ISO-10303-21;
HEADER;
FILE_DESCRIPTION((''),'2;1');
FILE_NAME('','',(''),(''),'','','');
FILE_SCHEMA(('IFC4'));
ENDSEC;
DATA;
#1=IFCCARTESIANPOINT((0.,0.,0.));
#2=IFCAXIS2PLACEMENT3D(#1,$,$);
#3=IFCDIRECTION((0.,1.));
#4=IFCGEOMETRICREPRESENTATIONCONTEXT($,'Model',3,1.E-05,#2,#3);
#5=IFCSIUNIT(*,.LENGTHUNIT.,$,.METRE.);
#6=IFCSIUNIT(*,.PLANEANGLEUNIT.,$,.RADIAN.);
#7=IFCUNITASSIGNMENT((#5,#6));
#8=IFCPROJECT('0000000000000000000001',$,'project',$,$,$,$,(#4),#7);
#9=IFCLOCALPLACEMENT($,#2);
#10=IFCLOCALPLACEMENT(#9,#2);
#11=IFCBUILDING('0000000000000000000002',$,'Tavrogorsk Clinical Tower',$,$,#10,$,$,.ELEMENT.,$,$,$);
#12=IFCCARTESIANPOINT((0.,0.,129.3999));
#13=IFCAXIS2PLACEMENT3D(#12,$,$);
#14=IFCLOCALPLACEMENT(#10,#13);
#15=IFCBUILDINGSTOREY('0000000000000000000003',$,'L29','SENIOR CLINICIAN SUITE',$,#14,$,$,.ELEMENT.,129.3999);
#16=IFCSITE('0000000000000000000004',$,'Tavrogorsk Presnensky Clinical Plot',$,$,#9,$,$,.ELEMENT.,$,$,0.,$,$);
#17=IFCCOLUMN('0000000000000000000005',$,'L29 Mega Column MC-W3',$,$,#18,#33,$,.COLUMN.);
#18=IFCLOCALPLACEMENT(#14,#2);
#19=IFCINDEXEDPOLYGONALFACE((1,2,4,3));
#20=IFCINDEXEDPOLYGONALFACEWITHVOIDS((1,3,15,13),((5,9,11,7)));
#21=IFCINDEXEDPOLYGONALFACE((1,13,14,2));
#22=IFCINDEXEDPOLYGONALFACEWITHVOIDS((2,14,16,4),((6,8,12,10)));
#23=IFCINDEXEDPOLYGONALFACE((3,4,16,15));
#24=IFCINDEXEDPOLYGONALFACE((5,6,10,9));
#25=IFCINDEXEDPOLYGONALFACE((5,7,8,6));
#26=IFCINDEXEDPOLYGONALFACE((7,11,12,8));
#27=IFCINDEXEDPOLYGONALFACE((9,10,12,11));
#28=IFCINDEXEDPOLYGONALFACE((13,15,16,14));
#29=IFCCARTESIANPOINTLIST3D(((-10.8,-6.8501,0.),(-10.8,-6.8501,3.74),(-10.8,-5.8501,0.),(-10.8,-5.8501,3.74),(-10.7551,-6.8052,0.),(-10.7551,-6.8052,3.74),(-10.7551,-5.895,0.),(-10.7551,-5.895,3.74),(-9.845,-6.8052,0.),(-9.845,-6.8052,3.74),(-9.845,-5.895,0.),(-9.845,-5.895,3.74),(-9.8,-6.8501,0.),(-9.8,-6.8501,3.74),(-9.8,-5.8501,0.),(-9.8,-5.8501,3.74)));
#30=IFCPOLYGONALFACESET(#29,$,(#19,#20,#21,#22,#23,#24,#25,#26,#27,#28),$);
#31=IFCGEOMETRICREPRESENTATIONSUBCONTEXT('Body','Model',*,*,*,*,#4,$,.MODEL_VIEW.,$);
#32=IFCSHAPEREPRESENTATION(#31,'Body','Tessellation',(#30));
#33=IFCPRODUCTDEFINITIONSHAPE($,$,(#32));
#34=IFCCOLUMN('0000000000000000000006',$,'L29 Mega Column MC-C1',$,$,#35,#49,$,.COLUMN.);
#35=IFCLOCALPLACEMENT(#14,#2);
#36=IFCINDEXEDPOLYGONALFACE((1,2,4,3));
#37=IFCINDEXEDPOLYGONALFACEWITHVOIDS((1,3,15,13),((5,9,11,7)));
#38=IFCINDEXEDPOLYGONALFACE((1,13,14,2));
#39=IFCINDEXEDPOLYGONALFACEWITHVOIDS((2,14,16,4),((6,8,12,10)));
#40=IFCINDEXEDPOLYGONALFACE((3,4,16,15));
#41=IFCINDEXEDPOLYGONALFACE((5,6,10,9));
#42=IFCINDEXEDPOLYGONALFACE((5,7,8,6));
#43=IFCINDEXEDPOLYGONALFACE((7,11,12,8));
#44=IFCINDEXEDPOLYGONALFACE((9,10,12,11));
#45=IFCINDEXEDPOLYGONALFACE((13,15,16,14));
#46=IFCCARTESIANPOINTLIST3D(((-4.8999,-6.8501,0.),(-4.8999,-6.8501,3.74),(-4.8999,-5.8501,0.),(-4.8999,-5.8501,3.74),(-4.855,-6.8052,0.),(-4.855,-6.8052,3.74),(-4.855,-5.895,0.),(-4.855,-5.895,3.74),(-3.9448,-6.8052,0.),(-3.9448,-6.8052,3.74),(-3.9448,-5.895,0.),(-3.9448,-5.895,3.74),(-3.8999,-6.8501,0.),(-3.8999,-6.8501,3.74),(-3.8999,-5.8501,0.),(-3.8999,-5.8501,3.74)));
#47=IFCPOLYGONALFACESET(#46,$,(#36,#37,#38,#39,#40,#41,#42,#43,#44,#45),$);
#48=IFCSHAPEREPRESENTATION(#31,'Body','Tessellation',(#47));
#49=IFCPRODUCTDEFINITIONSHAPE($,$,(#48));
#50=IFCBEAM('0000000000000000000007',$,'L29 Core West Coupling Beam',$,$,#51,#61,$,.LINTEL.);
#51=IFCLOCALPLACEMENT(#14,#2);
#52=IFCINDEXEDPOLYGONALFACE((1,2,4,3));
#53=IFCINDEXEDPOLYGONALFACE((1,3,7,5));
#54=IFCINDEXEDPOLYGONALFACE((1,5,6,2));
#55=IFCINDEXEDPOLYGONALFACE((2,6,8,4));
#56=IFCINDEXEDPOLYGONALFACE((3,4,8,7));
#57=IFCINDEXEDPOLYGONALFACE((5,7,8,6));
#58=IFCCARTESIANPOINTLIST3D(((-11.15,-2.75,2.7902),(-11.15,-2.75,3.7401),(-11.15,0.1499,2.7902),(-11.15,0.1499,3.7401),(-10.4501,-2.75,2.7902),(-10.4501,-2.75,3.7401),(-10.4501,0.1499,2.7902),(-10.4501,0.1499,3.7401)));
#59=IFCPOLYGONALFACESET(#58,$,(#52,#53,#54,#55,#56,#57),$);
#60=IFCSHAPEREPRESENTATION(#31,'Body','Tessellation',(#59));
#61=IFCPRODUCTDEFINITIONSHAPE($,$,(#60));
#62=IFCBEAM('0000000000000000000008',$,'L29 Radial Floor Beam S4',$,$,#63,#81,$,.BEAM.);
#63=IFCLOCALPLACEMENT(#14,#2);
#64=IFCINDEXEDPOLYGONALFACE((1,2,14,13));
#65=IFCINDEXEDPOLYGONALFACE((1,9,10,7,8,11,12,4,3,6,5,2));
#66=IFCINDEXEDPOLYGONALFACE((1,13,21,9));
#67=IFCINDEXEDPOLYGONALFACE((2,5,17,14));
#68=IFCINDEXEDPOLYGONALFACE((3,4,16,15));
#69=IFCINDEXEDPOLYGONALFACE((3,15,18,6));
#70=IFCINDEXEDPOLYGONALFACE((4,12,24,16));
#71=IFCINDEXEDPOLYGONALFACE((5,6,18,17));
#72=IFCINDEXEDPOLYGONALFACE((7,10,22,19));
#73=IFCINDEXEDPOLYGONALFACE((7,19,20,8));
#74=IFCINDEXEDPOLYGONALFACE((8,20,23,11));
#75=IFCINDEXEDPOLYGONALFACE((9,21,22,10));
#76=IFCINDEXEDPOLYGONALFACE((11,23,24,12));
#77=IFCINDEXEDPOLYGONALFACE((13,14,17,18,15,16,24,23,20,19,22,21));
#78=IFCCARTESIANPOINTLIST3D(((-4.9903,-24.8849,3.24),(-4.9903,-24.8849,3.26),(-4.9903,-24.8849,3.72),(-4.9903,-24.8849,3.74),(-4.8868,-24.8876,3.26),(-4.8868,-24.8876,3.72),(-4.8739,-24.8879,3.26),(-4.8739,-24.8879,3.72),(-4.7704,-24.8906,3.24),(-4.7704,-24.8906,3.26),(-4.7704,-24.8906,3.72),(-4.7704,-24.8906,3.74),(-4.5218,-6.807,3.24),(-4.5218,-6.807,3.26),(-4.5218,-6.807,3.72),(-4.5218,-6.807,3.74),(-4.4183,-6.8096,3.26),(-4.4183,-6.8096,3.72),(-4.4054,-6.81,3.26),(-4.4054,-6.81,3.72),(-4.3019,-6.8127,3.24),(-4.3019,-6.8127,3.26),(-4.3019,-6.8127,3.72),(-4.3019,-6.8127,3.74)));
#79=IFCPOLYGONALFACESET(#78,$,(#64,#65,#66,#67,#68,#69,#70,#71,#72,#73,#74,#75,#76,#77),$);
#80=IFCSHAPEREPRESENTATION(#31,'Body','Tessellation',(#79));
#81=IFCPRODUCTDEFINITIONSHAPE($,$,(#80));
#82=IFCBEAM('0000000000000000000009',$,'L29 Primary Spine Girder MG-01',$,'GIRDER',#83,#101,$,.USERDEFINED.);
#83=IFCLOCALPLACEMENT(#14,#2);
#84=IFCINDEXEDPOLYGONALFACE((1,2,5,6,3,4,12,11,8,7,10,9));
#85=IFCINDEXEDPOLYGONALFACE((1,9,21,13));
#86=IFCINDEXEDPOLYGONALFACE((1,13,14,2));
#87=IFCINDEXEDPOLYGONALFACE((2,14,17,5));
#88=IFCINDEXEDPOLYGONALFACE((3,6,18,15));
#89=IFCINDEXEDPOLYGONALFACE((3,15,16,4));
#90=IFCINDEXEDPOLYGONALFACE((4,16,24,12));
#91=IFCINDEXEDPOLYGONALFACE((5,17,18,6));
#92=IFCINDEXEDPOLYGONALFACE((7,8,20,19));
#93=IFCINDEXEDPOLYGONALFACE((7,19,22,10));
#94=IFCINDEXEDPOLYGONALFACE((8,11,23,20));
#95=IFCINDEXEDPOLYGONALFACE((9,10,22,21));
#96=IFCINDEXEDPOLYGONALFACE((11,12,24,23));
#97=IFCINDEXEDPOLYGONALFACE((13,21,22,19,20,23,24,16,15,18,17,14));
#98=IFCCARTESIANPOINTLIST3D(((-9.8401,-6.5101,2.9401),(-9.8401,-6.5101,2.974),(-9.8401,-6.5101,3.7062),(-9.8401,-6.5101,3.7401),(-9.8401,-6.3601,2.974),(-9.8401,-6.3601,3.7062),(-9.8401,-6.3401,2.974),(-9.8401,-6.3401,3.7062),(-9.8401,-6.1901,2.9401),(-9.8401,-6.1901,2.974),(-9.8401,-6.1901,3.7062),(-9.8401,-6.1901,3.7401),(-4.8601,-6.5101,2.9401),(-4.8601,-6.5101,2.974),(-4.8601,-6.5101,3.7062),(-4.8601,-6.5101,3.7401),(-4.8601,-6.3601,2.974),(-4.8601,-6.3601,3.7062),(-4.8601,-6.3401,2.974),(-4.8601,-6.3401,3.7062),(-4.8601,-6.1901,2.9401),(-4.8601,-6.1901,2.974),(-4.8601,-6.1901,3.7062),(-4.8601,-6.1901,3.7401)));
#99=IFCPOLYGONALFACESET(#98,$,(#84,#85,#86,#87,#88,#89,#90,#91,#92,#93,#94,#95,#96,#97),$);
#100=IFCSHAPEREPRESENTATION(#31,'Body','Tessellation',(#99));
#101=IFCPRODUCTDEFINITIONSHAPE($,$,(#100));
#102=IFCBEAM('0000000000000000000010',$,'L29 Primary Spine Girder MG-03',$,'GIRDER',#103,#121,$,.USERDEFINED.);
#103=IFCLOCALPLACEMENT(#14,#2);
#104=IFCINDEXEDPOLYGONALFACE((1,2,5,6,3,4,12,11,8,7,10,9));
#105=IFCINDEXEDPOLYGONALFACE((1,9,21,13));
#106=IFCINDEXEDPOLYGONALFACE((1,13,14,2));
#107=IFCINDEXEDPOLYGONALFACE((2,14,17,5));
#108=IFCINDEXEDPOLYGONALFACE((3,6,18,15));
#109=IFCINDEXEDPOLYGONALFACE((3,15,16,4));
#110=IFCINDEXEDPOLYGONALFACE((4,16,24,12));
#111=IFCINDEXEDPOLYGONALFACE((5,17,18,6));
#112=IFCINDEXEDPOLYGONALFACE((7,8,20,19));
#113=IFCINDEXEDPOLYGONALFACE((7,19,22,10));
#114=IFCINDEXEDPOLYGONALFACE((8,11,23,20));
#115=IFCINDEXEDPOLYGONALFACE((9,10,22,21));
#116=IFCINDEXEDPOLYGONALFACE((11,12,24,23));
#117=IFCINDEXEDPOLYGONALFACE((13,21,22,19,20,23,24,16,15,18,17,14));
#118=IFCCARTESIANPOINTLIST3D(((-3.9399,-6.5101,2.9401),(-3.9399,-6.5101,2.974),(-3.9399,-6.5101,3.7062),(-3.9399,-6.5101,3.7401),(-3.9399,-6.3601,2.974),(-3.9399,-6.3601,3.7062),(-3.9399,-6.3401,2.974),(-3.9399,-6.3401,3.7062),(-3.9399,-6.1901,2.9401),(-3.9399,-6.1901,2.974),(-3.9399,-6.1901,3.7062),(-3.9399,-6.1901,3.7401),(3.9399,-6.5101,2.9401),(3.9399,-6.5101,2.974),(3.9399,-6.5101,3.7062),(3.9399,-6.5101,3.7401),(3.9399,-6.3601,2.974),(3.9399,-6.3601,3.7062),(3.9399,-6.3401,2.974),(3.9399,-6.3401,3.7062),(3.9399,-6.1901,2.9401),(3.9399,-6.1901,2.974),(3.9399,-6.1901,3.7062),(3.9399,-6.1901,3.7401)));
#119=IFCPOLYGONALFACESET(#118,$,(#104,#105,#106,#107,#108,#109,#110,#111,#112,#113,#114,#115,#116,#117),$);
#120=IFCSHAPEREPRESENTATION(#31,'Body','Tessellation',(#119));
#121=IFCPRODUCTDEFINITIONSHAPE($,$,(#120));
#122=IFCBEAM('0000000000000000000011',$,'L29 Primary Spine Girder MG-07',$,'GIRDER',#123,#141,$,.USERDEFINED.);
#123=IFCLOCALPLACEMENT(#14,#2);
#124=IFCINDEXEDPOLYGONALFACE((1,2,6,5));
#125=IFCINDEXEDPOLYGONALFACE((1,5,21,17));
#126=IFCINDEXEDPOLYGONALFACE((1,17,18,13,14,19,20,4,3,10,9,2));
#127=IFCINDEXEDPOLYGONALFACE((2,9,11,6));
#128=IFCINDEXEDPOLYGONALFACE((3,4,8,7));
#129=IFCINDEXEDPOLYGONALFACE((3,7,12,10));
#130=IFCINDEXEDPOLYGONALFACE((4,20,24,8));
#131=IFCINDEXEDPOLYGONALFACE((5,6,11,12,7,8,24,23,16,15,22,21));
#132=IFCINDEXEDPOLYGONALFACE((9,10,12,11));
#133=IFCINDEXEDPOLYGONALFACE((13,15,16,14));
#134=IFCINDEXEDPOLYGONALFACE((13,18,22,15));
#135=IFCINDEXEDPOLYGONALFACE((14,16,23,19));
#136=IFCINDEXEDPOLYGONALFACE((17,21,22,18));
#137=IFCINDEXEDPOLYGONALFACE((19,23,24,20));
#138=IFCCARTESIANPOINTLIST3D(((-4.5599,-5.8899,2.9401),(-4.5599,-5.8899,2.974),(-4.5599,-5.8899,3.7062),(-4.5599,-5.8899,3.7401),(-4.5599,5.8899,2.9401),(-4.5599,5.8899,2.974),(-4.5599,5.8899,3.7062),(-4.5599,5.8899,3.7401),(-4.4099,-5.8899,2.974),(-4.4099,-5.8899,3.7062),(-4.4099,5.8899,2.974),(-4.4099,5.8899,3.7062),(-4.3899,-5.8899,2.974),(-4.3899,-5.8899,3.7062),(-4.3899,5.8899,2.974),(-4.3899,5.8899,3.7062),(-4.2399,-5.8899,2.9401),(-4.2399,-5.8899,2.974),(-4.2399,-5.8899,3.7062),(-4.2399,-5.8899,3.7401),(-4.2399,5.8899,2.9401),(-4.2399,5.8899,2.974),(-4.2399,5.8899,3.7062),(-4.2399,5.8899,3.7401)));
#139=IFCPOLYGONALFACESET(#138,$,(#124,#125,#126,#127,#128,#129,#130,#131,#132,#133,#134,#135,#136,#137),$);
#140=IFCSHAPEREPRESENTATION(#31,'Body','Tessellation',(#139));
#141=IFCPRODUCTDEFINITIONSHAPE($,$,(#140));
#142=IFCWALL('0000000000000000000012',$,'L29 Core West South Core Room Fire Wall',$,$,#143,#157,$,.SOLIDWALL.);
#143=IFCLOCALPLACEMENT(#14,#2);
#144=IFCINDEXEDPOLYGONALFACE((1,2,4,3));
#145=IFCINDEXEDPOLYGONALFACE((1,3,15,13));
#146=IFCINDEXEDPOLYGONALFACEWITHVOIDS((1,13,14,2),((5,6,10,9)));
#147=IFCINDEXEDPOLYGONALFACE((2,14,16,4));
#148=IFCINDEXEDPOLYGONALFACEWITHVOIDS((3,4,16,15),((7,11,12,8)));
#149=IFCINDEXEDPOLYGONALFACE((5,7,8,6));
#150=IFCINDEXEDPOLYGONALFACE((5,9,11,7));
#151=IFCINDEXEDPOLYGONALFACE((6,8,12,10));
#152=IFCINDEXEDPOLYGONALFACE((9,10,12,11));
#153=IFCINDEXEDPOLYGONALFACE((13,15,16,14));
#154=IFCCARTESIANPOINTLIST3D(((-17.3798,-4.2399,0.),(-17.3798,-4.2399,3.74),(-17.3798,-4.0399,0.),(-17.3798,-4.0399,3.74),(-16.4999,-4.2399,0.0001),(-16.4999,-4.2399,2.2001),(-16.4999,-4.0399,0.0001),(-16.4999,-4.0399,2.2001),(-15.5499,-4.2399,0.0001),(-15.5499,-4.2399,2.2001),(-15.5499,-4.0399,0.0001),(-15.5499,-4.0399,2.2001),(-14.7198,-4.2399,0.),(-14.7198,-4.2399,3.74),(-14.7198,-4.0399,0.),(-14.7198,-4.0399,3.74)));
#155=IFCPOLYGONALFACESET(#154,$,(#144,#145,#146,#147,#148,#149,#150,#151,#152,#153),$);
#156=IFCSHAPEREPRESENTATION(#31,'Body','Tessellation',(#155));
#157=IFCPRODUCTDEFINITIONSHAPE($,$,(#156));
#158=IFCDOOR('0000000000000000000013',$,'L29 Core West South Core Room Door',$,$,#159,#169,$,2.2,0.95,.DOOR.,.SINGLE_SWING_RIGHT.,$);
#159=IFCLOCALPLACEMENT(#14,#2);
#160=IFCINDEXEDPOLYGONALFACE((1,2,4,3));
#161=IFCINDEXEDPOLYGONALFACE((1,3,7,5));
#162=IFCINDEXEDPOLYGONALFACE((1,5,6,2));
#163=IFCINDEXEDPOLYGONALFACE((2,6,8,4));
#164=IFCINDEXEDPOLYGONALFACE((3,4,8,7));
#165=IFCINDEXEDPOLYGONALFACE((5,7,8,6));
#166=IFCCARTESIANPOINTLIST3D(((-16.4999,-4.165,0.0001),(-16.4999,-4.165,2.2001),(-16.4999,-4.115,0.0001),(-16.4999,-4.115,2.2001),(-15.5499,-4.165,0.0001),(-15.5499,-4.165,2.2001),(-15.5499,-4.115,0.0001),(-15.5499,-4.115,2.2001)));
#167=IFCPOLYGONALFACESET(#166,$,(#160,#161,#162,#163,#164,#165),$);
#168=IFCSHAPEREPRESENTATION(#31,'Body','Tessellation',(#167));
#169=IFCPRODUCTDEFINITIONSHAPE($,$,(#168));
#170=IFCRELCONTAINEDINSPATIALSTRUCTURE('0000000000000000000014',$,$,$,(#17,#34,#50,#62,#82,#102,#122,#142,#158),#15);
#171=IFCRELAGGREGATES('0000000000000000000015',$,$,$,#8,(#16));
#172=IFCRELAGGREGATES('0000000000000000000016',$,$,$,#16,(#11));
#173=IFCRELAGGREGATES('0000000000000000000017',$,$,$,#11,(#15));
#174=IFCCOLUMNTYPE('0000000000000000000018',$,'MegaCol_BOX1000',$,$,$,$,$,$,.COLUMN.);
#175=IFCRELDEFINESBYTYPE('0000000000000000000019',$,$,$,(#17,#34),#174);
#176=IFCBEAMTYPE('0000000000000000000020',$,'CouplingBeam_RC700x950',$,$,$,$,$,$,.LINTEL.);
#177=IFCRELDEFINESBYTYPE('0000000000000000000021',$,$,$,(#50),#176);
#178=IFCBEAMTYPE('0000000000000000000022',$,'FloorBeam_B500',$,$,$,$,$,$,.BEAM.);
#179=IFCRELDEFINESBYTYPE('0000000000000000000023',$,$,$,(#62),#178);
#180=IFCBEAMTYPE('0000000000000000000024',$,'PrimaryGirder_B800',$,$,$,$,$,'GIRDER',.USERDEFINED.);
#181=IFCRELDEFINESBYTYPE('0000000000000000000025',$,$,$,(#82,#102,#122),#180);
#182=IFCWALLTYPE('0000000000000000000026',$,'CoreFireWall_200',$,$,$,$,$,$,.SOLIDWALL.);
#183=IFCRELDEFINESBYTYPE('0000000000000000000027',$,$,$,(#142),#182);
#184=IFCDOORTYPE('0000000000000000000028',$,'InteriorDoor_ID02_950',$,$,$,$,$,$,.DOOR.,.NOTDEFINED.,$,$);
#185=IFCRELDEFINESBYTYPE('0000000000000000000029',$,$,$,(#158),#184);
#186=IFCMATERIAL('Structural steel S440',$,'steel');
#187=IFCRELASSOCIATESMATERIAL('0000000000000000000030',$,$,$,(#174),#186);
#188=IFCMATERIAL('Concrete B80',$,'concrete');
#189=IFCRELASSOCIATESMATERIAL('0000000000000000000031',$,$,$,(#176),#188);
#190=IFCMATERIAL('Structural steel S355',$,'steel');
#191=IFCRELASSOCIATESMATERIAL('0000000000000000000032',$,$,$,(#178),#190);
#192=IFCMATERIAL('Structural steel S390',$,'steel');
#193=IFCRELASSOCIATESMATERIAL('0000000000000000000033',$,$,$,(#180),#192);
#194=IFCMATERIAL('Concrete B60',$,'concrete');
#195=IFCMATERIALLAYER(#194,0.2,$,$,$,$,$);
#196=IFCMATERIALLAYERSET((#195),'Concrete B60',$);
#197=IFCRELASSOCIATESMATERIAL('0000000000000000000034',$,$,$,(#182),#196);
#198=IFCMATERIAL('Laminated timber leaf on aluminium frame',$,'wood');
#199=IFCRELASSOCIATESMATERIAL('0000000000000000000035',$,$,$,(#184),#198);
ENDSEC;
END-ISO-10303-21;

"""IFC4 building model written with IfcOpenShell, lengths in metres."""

from ifc_helpers import new_model, si_unit, direction, frame, frame_2d, origin, origin_2d, place, context, subcontext, project, spatial, rectangle, hollow_rectangle, i_section, extrude, material, layer, layer_set, material_profile, profile_set, type_object, element, fill, save


model = new_model("IFC4")

# Units and contexts
model_context = context("Model", 3, precision=1e-05, world=origin(), true_north=direction((0.0, 1.0)))
body_context = subcontext(model_context, "Body", "Model", "MODEL_VIEW")
ifc_project = project(units=[si_unit("LENGTHUNIT", "METRE"), si_unit("PLANEANGLEUNIT", "RADIAN")], contexts=[model_context])

# Site, building, storey
site_placement = place(None, origin())
site = spatial("IfcSite", under=ifc_project, at=site_placement, Name="Tavrogorsk Presnensky Clinical Plot", CompositionType="ELEMENT", RefElevation=0.0)
building_placement = place(site_placement, origin())
building = spatial("IfcBuilding", under=site, at=building_placement, Name="Tavrogorsk Clinical Tower", CompositionType="ELEMENT")
storey_placement = place(building_placement, frame((0.0, 0.0, 129.3999)))
storey = spatial("IfcBuildingStorey", under=building, at=storey_placement, Name="L29", Description="SENIOR CLINICIAN SUITE", CompositionType="ELEMENT", Elevation=129.3999)

# Columns
ifc_material_1 = material(Name="Structural steel S440", Category="steel")
ifc_material_profile_1 = material_profile(ifc_material_1, hollow_rectangle(XDim=1.0, YDim=1.0, WallThickness=0.0449, at=origin_2d()), Name="BOX-1000x1000x45")
ifc_profile_set_1 = profile_set([ifc_material_profile_1], Name="Structural steel S440")
column_type = type_object("IfcColumnType", Name="MegaCol_BOX1000", PredefinedType="COLUMN", material=ifc_profile_set_1)
for number, where, z_axis, x_axis, name in (
    (1, (-10.3, -6.3501, 0.0), (0.0, 0.0, 1.0), (1.0, 0.0, 0.0), "L29 Mega Column MC-W3"),
    (2, (-4.3999, -6.3501, 0.0), (0.0, 0.0, 1.0), (1.0, 0.0, 0.0), "L29 Mega Column MC-C1"),
):
    element("IfcColumn", number, at=place(storey_placement, frame(where, z_axis=z_axis, x_axis=x_axis)), inside=storey, type_object=column_type, Name=name, PredefinedType="COLUMN", context=body_context, shape_type="SweptSolid", body=[
        extrude(hollow_rectangle(XDim=1.0, YDim=1.0, WallThickness=0.0449, at=origin_2d()), origin(), (0.0, 0.0, 1.0), 3.74),
    ])

# Beams
ifc_material_2 = material(Name="Concrete B80", Category="concrete")
ifc_material_profile_2 = material_profile(ifc_material_2, rectangle(XDim=0.7, YDim=0.95, at=origin_2d()), Name="RC-CB-700x950")
ifc_profile_set_2 = profile_set([ifc_material_profile_2], Name="Concrete B80")
beam_type_1 = type_object("IfcBeamType", Name="CouplingBeam_RC700x950", PredefinedType="LINTEL", material=ifc_profile_set_2)
beam_1_placement = place(storey_placement, frame((-10.8, -2.75, 3.2651), z_axis=(0.0, 1.0, 0.0), x_axis=(-1.0, 0.0, 0.0)))
element("IfcBeam", 3, at=beam_1_placement, inside=storey, type_object=beam_type_1, Name="L29 Core West Coupling Beam", PredefinedType="LINTEL", context=body_context, shape_type="SweptSolid", body=[
    extrude(rectangle(XDim=0.7, YDim=0.95, at=origin_2d()), origin(), (0.0, 0.0, 1.0), 2.8999),
])
ifc_material_3 = material(Name="Structural steel S355", Category="steel")
ifc_material_profile_3 = material_profile(ifc_material_3, i_section(OverallWidth=0.22, OverallDepth=0.5, WebThickness=0.0129, FlangeThickness=0.02, at=origin_2d()), Name="B-500x220x13x20")
ifc_profile_set_3 = profile_set([ifc_material_profile_3], Name="Structural steel S355")
beam_type_2 = type_object("IfcBeamType", Name="FloorBeam_B500", PredefinedType="BEAM", material=ifc_profile_set_3)
beam_2_placement = place(storey_placement, frame((-4.4119, -6.8098, 3.49), z_axis=(-0.025907, -0.999664, 0.0), x_axis=(0.999664, -0.025907, 0.0)))
element("IfcBeam", 4, at=beam_2_placement, inside=storey, type_object=beam_type_2, Name="L29 Radial Floor Beam S4", PredefinedType="BEAM", context=body_context, shape_type="SweptSolid", body=[
    extrude(i_section(OverallWidth=0.22, OverallDepth=0.5, WebThickness=0.0129, FlangeThickness=0.02, at=origin_2d()), origin(), (0.0, 0.0, 1.0), 18.084),
])
ifc_material_4 = material(Name="Structural steel S390", Category="steel")
ifc_material_profile_4 = material_profile(ifc_material_4, i_section(OverallWidth=0.3201, OverallDepth=0.8, WebThickness=0.02, FlangeThickness=0.0339, at=origin_2d()), Name="B-800x320x20x34")
ifc_profile_set_4 = profile_set([ifc_material_profile_4], Name="Structural steel S390")
beam_type_3 = type_object("IfcBeamType", Name="PrimaryGirder_B800", ElementType="GIRDER", PredefinedType="USERDEFINED", material=ifc_profile_set_4)
beam_3_placement = place(storey_placement, frame((-9.8401, -6.3501, 3.3401), z_axis=(1.0, 0.0, 0.0), x_axis=(0.0, 1.0, 0.0)))
element("IfcBeam", 5, at=beam_3_placement, inside=storey, type_object=beam_type_3, Name="L29 Primary Spine Girder MG-01", ObjectType="GIRDER", PredefinedType="USERDEFINED", context=body_context, shape_type="SweptSolid", body=[
    extrude(i_section(OverallWidth=0.3201, OverallDepth=0.8, WebThickness=0.02, FlangeThickness=0.0339, at=origin_2d()), origin(), (0.0, 0.0, 1.0), 4.98),
])
beam_4_placement = place(storey_placement, frame((-3.9399, -6.3501, 3.3401), z_axis=(1.0, 0.0, 0.0), x_axis=(0.0, 1.0, 0.0)))
element("IfcBeam", 6, at=beam_4_placement, inside=storey, type_object=beam_type_3, Name="L29 Primary Spine Girder MG-03", ObjectType="GIRDER", PredefinedType="USERDEFINED", context=body_context, shape_type="SweptSolid", body=[
    extrude(i_section(OverallWidth=0.3201, OverallDepth=0.8, WebThickness=0.02, FlangeThickness=0.0339, at=origin_2d()), origin(), (0.0, 0.0, 1.0), 7.8799),
])
beam_5_placement = place(storey_placement, frame((-4.3999, -5.8899, 3.3401), z_axis=(0.0, 1.0, 0.0), x_axis=(-1.0, 0.0, 0.0)))
element("IfcBeam", 7, at=beam_5_placement, inside=storey, type_object=beam_type_3, Name="L29 Primary Spine Girder MG-07", ObjectType="GIRDER", PredefinedType="USERDEFINED", context=body_context, shape_type="SweptSolid", body=[
    extrude(i_section(OverallWidth=0.3201, OverallDepth=0.8, WebThickness=0.02, FlangeThickness=0.0339, at=origin_2d()), origin(), (0.0, 0.0, 1.0), 11.7798),
])

# Wall, opening, door
ifc_material_5 = material(Name="Concrete B60", Category="concrete")
ifc_layer_1 = layer(ifc_material_5, 0.2)
ifc_layer_set_1 = layer_set([ifc_layer_1], Name="Concrete B60")
wall_type_1 = type_object("IfcWallType", Name="CoreFireWall_200", PredefinedType="SOLIDWALL", material=ifc_layer_set_1)
wall_1_placement = place(storey_placement, frame((-17.3799, -4.1399, 0.0), z_axis=(0.0, 0.0, 1.0), x_axis=(1.0, 0.0, 0.0)))
wall_1 = element("IfcWall", 8, at=wall_1_placement, inside=storey, type_object=wall_type_1, Name="L29 Core West South Core Room Fire Wall", PredefinedType="SOLIDWALL", context=body_context, shape_type="SweptSolid", body=[
    extrude(rectangle(XDim=2.6599, YDim=0.2, at=frame_2d((1.3301, 0.0))), origin(), (0.0, 0.0, 1.0), 3.74),
])
opening_1_placement = place(wall_1_placement, frame((0.8799, 0.0, 0.0)))
opening_1 = element("IfcOpeningElement", 9, at=opening_1_placement, cuts=wall_1, PredefinedType="OPENING", context=body_context, shape_type="SweptSolid", body=[
    extrude(rectangle(XDim=0.95, YDim=2.2, at=frame_2d((0.4751, 1.1001))), frame((0.0, 0.1099, 0.0), z_axis=(0.0, -1.0, 0.0), x_axis=(1.0, 0.0, 0.0)), (0.0, 0.0, 1.0), 0.22),
])
ifc_material_6 = material(Name="Laminated timber leaf on aluminium frame", Category="wood")
door_type_1 = type_object("IfcDoorType", Name="InteriorDoor_ID02_950", OperationType="NOTDEFINED", PredefinedType="DOOR", material=ifc_material_6)
door_1_placement = place(opening_1_placement, origin())
door_1 = element("IfcDoor", 10, at=door_1_placement, inside=storey, type_object=door_type_1, Name="L29 Core West South Core Room Door", OperationType="SINGLE_SWING_RIGHT", OverallHeight=2.2, OverallWidth=0.95, PredefinedType="DOOR", context=body_context, shape_type="SweptSolid", body=[
    extrude(rectangle(XDim=0.95, YDim=2.2, at=frame_2d((0.4751, 1.1001))), frame((0.0, 0.0249, 0.0), z_axis=(0.0, -1.0, 0.0), x_axis=(1.0, 0.0, 0.0)), (0.0, 0.0, 1.0), 0.05),
])
fill(opening_1, door_1)

save(model, "model.ifc")
